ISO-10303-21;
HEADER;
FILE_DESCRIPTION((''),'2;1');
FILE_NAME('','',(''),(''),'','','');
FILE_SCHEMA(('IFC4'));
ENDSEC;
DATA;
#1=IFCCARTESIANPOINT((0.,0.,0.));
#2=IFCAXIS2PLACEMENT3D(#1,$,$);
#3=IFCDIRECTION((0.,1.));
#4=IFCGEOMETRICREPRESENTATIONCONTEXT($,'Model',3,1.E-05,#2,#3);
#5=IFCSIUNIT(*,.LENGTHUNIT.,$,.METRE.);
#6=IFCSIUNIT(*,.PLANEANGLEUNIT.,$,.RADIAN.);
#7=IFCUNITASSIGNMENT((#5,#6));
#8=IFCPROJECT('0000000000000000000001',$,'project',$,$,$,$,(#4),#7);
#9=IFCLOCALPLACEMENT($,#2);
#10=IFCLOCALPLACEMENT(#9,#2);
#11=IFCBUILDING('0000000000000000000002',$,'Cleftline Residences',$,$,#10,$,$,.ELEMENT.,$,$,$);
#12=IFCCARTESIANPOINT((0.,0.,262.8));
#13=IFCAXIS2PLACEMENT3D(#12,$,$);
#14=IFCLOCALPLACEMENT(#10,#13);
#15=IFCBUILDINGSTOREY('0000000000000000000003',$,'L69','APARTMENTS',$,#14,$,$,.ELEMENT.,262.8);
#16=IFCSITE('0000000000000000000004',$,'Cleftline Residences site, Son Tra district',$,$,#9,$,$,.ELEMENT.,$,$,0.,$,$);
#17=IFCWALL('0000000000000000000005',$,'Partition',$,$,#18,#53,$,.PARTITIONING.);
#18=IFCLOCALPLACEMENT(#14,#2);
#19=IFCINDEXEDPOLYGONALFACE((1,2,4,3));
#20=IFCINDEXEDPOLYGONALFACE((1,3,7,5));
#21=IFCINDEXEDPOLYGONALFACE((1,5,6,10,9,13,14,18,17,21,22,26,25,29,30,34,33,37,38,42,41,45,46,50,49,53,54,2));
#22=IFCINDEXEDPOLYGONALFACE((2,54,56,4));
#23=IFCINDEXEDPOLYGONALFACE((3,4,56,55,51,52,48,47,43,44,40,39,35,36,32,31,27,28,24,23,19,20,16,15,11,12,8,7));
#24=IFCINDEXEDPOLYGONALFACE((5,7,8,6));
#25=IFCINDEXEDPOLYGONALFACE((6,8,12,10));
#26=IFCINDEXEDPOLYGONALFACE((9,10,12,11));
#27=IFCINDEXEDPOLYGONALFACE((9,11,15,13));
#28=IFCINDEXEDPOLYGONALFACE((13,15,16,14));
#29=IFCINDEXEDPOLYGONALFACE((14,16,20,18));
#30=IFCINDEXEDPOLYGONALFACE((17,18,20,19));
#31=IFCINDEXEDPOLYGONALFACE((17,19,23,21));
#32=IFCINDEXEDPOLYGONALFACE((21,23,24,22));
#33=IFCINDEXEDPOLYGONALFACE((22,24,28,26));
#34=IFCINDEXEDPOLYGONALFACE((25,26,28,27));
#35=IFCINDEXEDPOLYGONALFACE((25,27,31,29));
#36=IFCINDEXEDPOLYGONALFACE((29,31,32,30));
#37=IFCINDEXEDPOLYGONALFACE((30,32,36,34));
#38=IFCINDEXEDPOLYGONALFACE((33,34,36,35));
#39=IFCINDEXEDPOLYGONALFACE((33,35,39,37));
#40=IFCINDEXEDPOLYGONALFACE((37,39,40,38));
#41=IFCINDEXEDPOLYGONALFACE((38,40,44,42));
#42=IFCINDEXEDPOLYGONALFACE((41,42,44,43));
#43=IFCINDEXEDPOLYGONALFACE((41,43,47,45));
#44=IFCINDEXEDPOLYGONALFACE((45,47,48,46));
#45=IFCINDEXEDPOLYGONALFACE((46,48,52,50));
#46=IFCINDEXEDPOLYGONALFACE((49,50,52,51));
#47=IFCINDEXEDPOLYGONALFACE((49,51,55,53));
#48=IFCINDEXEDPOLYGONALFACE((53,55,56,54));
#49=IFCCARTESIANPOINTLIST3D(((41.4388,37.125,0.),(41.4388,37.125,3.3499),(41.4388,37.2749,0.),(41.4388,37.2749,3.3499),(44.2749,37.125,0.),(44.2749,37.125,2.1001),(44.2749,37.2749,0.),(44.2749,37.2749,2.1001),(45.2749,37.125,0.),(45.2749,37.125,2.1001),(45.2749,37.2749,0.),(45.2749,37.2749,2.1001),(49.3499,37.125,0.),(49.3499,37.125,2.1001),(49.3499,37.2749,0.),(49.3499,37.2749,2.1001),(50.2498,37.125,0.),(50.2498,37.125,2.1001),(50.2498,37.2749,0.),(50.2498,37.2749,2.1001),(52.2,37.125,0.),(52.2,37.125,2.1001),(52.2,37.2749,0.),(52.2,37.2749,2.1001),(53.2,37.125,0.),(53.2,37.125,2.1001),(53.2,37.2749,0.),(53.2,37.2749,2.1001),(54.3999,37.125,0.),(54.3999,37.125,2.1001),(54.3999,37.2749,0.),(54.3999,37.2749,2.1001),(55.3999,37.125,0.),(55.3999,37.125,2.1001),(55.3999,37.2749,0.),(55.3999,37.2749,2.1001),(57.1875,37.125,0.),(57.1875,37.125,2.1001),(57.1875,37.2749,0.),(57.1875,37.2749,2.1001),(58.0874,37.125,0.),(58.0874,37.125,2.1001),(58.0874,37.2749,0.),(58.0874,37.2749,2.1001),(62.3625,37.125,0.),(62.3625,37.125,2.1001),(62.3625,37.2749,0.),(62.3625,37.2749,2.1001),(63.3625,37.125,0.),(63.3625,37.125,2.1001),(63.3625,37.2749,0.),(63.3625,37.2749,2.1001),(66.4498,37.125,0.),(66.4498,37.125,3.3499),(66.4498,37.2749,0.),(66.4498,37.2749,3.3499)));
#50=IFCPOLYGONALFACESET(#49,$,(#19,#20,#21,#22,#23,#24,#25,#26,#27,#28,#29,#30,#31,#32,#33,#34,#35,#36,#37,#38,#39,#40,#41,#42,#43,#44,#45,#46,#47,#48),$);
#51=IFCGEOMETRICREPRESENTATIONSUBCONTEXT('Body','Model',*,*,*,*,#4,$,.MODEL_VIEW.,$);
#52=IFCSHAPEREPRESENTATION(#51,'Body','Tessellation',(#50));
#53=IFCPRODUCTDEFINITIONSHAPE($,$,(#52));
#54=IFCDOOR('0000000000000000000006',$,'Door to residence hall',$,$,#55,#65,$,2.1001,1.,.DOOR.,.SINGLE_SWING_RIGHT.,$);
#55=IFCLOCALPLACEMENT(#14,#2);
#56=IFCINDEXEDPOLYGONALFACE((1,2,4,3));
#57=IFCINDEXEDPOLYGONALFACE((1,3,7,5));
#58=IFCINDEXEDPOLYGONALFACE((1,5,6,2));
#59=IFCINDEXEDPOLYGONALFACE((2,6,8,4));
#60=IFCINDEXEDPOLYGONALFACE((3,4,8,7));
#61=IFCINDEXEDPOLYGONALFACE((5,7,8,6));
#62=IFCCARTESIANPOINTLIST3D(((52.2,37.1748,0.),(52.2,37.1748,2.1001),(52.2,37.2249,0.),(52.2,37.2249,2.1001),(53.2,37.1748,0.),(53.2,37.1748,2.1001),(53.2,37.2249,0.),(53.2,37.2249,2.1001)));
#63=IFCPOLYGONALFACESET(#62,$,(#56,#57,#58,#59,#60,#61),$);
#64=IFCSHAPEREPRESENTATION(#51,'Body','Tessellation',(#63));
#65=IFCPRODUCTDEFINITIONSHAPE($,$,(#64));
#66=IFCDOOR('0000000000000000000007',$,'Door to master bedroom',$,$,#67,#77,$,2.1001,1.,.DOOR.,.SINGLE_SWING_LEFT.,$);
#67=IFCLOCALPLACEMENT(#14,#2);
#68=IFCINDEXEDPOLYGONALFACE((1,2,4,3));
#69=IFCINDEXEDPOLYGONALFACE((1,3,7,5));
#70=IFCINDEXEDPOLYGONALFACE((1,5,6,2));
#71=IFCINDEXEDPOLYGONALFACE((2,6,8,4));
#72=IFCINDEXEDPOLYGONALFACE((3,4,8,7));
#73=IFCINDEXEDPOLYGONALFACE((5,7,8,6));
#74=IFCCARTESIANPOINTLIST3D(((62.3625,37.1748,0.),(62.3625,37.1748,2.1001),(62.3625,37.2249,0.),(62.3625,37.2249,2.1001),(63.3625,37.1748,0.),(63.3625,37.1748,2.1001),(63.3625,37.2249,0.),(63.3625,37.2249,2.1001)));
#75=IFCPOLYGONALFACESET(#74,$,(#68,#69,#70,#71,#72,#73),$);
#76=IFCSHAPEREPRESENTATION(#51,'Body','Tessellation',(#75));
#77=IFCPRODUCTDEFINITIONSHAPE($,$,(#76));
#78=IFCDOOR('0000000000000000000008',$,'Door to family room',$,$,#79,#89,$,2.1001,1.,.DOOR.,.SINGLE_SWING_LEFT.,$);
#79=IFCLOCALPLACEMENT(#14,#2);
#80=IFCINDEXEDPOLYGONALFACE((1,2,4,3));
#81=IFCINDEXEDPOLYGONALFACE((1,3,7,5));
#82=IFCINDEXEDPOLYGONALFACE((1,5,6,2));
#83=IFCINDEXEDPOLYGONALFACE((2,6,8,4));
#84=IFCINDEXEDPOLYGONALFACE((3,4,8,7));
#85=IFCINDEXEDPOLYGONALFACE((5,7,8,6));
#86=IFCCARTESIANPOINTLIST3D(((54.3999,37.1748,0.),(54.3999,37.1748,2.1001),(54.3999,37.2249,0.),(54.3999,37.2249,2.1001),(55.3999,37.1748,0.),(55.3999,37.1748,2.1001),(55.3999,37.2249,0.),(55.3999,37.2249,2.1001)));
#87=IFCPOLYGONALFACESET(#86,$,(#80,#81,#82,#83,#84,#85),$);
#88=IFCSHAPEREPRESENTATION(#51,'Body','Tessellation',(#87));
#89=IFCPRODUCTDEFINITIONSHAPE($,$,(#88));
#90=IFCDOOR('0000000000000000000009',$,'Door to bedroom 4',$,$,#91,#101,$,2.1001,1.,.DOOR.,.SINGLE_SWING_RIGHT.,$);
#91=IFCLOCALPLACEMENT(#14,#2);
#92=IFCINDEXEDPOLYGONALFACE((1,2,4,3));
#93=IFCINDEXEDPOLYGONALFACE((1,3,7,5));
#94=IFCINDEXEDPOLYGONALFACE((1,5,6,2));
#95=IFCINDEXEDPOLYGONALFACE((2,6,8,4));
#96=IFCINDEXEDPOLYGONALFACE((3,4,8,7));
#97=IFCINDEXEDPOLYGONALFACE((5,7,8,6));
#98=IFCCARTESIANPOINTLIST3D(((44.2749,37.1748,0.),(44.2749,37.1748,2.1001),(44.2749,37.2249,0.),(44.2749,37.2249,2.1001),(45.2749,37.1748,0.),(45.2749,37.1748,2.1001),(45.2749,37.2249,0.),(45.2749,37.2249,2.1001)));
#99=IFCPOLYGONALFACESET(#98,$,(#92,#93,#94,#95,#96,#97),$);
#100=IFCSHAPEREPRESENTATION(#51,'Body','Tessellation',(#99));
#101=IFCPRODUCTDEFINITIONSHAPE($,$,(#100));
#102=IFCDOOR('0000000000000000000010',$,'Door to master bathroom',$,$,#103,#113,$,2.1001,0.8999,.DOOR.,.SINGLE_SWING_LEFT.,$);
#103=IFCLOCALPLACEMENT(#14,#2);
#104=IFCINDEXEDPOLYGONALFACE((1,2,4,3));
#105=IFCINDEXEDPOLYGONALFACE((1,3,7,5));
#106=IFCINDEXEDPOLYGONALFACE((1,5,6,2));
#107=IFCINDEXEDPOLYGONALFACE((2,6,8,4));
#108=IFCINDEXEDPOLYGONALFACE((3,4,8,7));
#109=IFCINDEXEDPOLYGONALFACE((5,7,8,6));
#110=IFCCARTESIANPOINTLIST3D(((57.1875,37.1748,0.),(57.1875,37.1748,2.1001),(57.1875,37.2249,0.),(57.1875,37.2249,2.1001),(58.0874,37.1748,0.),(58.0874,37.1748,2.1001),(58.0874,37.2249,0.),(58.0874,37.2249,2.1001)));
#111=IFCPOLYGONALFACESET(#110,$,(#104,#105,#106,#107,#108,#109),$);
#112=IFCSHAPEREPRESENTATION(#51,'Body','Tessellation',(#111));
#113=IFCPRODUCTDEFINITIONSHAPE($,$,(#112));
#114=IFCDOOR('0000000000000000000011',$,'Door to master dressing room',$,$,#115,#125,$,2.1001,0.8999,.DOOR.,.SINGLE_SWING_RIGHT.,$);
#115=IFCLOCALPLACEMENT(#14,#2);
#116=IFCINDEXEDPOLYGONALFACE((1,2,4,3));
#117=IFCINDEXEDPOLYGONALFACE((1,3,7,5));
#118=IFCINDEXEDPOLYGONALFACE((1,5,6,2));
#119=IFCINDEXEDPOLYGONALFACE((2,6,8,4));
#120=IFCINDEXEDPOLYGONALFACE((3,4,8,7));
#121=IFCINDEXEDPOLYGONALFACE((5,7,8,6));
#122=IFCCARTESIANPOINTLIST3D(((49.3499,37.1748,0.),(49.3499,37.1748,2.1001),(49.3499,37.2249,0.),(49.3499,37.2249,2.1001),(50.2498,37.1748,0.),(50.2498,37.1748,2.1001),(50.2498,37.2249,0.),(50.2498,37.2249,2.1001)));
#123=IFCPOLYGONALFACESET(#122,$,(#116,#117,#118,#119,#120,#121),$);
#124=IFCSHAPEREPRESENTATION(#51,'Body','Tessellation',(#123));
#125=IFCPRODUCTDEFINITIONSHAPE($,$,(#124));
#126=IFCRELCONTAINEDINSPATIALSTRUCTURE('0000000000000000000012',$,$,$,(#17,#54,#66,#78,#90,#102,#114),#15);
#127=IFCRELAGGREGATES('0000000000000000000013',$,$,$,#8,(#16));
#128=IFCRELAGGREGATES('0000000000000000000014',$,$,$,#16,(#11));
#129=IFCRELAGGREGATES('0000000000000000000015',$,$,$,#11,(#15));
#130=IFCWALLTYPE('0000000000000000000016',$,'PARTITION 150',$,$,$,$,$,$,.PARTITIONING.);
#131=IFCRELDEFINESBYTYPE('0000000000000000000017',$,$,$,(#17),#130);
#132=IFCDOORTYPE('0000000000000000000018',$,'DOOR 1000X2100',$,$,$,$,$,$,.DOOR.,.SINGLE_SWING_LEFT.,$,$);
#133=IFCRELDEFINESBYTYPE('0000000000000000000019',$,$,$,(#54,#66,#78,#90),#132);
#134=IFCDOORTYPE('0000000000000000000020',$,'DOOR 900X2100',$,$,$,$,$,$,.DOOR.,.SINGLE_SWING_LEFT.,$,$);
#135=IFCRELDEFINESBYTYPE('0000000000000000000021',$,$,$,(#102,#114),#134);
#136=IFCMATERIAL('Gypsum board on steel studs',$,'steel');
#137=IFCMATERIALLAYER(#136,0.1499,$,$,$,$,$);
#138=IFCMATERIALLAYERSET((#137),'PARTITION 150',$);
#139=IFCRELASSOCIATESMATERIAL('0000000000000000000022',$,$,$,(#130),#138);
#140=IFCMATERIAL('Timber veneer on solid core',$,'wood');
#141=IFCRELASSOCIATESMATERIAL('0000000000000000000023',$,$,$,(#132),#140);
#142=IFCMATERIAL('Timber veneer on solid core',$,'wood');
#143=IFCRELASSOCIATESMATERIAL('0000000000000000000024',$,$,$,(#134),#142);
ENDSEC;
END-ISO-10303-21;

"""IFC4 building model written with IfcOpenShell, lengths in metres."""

from ifc_helpers import new_model, si_unit, direction, frame, frame_2d, origin, place, context, subcontext, project, spatial, rectangle, extrude, material, layer, layer_set, type_object, element, fill, save


model = new_model("IFC4")

# Units and contexts
model_context = context("Model", 3, precision=1e-05, world=origin(), true_north=direction((0.0, 1.0)))
body_context = subcontext(model_context, "Body", "Model", "MODEL_VIEW")
ifc_project = project(units=[si_unit("LENGTHUNIT", "METRE"), si_unit("PLANEANGLEUNIT", "RADIAN")], contexts=[model_context])

# Site, building, storey
site_placement = place(None, origin())
site = spatial("IfcSite", under=ifc_project, at=site_placement, Name="Cleftline Residences site, Son Tra district", CompositionType="ELEMENT", RefElevation=0.0)
building_placement = place(site_placement, origin())
building = spatial("IfcBuilding", under=site, at=building_placement, Name="Cleftline Residences", CompositionType="ELEMENT")
storey_placement = place(building_placement, frame((0.0, 0.0, 262.8)))
storey = spatial("IfcBuildingStorey", under=building, at=storey_placement, Name="L69", Description="APARTMENTS", CompositionType="ELEMENT", Elevation=262.8)

# Shared definitions
ifc_material_1 = material(Name="Gypsum board on steel studs", Category="steel")
ifc_layer_1 = layer(ifc_material_1, 0.1499)
ifc_layer_set_1 = layer_set([ifc_layer_1], Name="PARTITION 150")
wall_type = type_object("IfcWallType", Name="PARTITION 150", PredefinedType="PARTITIONING", material=ifc_layer_set_1)

# Wall, openings, doors
wall_1_placement = place(storey_placement, frame((41.439, 37.2, 0.0), z_axis=(0.0, 0.0, 1.0), x_axis=(1.0, 0.0, 0.0)))
wall_1 = element("IfcWall", 1, at=wall_1_placement, inside=storey, type_object=wall_type, Name="Partition", PredefinedType="PARTITIONING", context=body_context, shape_type="SweptSolid", body=[
    extrude(rectangle(XDim=25.011, YDim=0.1499, at=frame_2d((12.5054, 0.0))), origin(), (0.0, 0.0, 1.0), 3.3499),
])
opening_1_placement = place(wall_1_placement, frame((10.761, 0.0, 0.0)))
opening_1 = element("IfcOpeningElement", 2, at=opening_1_placement, cuts=wall_1, PredefinedType="OPENING", context=body_context, shape_type="SweptSolid", body=[
    extrude(rectangle(XDim=1.0, YDim=2.1001, at=frame_2d((0.5, 1.05))), frame((0.0, 0.085, 0.0), z_axis=(0.0, -1.0, 0.0), x_axis=(1.0, 0.0, 0.0)), (0.0, 0.0, 1.0), 0.1699),
])
opening_2_placement = place(wall_1_placement, frame((20.9236, 0.0, 0.0)))
opening_2 = element("IfcOpeningElement", 3, at=opening_2_placement, cuts=wall_1, PredefinedType="OPENING", context=body_context, shape_type="SweptSolid", body=[
    extrude(rectangle(XDim=1.0, YDim=2.1001, at=frame_2d((0.5, 1.05))), frame((0.0, 0.085, 0.0), z_axis=(0.0, -1.0, 0.0), x_axis=(1.0, 0.0, 0.0)), (0.0, 0.0, 1.0), 0.1699),
])
opening_3_placement = place(wall_1_placement, frame((15.7485, 0.0, 0.0)))
opening_3 = element("IfcOpeningElement", 4, at=opening_3_placement, cuts=wall_1, PredefinedType="OPENING", context=body_context, shape_type="SweptSolid", body=[
    extrude(rectangle(XDim=0.8999, YDim=2.1001, at=frame_2d((0.45, 1.05))), frame((0.0, 0.085, 0.0), z_axis=(0.0, -1.0, 0.0), x_axis=(1.0, 0.0, 0.0)), (0.0, 0.0, 1.0), 0.1699),
])
opening_4_placement = place(wall_1_placement, frame((12.9609, 0.0, 0.0)))
opening_4 = element("IfcOpeningElement", 5, at=opening_4_placement, cuts=wall_1, PredefinedType="OPENING", context=body_context, shape_type="SweptSolid", body=[
    extrude(rectangle(XDim=1.0, YDim=2.1001, at=frame_2d((0.5, 1.05))), frame((0.0, 0.085, 0.0), z_axis=(0.0, -1.0, 0.0), x_axis=(1.0, 0.0, 0.0)), (0.0, 0.0, 1.0), 0.1699),
])
opening_5_placement = place(wall_1_placement, frame((7.9109, 0.0, 0.0)))
opening_5 = element("IfcOpeningElement", 6, at=opening_5_placement, cuts=wall_1, PredefinedType="OPENING", context=body_context, shape_type="SweptSolid", body=[
    extrude(rectangle(XDim=0.8999, YDim=2.1001, at=frame_2d((0.45, 1.05))), frame((0.0, 0.085, 0.0), z_axis=(0.0, -1.0, 0.0), x_axis=(1.0, 0.0, 0.0)), (0.0, 0.0, 1.0), 0.1699),
])
opening_6_placement = place(wall_1_placement, frame((2.8359, 0.0, 0.0)))
opening_6 = element("IfcOpeningElement", 7, at=opening_6_placement, cuts=wall_1, PredefinedType="OPENING", context=body_context, shape_type="SweptSolid", body=[
    extrude(rectangle(XDim=1.0, YDim=2.1001, at=frame_2d((0.5, 1.05))), frame((0.0, 0.085, 0.0), z_axis=(0.0, -1.0, 0.0), x_axis=(1.0, 0.0, 0.0)), (0.0, 0.0, 1.0), 0.1699),
])
ifc_material_2 = material(Name="Timber veneer on solid core", Category="wood")
door_type_1 = type_object("IfcDoorType", Name="DOOR 1000X2100", OperationType="SINGLE_SWING_LEFT", PredefinedType="DOOR", material=ifc_material_2)
door_1_placement = place(opening_1_placement, origin())
door_1 = element("IfcDoor", 8, at=door_1_placement, inside=storey, type_object=door_type_1, Name="Door to residence hall", OperationType="SINGLE_SWING_RIGHT", OverallHeight=2.1001, OverallWidth=1.0, PredefinedType="DOOR", context=body_context, shape_type="SweptSolid", body=[
    extrude(rectangle(XDim=1.0, YDim=2.1001, at=frame_2d((0.5, 1.05))), frame((0.0, 0.0249, 0.0), z_axis=(0.0, -1.0, 0.0), x_axis=(1.0, 0.0, 0.0)), (0.0, 0.0, 1.0), 0.05),
])
fill(opening_1, door_1)
door_2_placement = place(opening_2_placement, origin())
door_2 = element("IfcDoor", 9, at=door_2_placement, inside=storey, type_object=door_type_1, Name="Door to master bedroom", OperationType="SINGLE_SWING_LEFT", OverallHeight=2.1001, OverallWidth=1.0, PredefinedType="DOOR", context=body_context, shape_type="SweptSolid", body=[
    extrude(rectangle(XDim=1.0, YDim=2.1001, at=frame_2d((0.5, 1.05))), frame((0.0, 0.0249, 0.0), z_axis=(0.0, -1.0, 0.0), x_axis=(1.0, 0.0, 0.0)), (0.0, 0.0, 1.0), 0.05),
])
fill(opening_2, door_2)
door_3_placement = place(opening_4_placement, origin())
door_3 = element("IfcDoor", 10, at=door_3_placement, inside=storey, type_object=door_type_1, Name="Door to family room", OperationType="SINGLE_SWING_LEFT", OverallHeight=2.1001, OverallWidth=1.0, PredefinedType="DOOR", context=body_context, shape_type="SweptSolid", body=[
    extrude(rectangle(XDim=1.0, YDim=2.1001, at=frame_2d((0.5, 1.05))), frame((0.0, 0.0249, 0.0), z_axis=(0.0, -1.0, 0.0), x_axis=(1.0, 0.0, 0.0)), (0.0, 0.0, 1.0), 0.05),
])
fill(opening_4, door_3)
door_4_placement = place(opening_6_placement, origin())
door_4 = element("IfcDoor", 11, at=door_4_placement, inside=storey, type_object=door_type_1, Name="Door to bedroom 4", OperationType="SINGLE_SWING_RIGHT", OverallHeight=2.1001, OverallWidth=1.0, PredefinedType="DOOR", context=body_context, shape_type="SweptSolid", body=[
    extrude(rectangle(XDim=1.0, YDim=2.1001, at=frame_2d((0.5, 1.05))), frame((0.0, 0.0249, 0.0), z_axis=(0.0, -1.0, 0.0), x_axis=(1.0, 0.0, 0.0)), (0.0, 0.0, 1.0), 0.05),
])
fill(opening_6, door_4)
ifc_material_3 = material(Name="Timber veneer on solid core", Category="wood")
door_type_2 = type_object("IfcDoorType", Name="DOOR 900X2100", OperationType="SINGLE_SWING_LEFT", PredefinedType="DOOR", material=ifc_material_3)
door_5_placement = place(opening_3_placement, origin())
door_5 = element("IfcDoor", 12, at=door_5_placement, inside=storey, type_object=door_type_2, Name="Door to master bathroom", OperationType="SINGLE_SWING_LEFT", OverallHeight=2.1001, OverallWidth=0.8999, PredefinedType="DOOR", context=body_context, shape_type="SweptSolid", body=[
    extrude(rectangle(XDim=0.8999, YDim=2.1001, at=frame_2d((0.45, 1.05))), frame((0.0, 0.0249, 0.0), z_axis=(0.0, -1.0, 0.0), x_axis=(1.0, 0.0, 0.0)), (0.0, 0.0, 1.0), 0.05),
])
fill(opening_3, door_5)
door_6_placement = place(opening_5_placement, origin())
door_6 = element("IfcDoor", 13, at=door_6_placement, inside=storey, type_object=door_type_2, Name="Door to master dressing room", OperationType="SINGLE_SWING_RIGHT", OverallHeight=2.1001, OverallWidth=0.8999, PredefinedType="DOOR", context=body_context, shape_type="SweptSolid", body=[
    extrude(rectangle(XDim=0.8999, YDim=2.1001, at=frame_2d((0.45, 1.05))), frame((0.0, 0.0249, 0.0), z_axis=(0.0, -1.0, 0.0), x_axis=(1.0, 0.0, 0.0)), (0.0, 0.0, 1.0), 0.05),
])
fill(opening_5, door_6)

save(model, "model.ifc")
